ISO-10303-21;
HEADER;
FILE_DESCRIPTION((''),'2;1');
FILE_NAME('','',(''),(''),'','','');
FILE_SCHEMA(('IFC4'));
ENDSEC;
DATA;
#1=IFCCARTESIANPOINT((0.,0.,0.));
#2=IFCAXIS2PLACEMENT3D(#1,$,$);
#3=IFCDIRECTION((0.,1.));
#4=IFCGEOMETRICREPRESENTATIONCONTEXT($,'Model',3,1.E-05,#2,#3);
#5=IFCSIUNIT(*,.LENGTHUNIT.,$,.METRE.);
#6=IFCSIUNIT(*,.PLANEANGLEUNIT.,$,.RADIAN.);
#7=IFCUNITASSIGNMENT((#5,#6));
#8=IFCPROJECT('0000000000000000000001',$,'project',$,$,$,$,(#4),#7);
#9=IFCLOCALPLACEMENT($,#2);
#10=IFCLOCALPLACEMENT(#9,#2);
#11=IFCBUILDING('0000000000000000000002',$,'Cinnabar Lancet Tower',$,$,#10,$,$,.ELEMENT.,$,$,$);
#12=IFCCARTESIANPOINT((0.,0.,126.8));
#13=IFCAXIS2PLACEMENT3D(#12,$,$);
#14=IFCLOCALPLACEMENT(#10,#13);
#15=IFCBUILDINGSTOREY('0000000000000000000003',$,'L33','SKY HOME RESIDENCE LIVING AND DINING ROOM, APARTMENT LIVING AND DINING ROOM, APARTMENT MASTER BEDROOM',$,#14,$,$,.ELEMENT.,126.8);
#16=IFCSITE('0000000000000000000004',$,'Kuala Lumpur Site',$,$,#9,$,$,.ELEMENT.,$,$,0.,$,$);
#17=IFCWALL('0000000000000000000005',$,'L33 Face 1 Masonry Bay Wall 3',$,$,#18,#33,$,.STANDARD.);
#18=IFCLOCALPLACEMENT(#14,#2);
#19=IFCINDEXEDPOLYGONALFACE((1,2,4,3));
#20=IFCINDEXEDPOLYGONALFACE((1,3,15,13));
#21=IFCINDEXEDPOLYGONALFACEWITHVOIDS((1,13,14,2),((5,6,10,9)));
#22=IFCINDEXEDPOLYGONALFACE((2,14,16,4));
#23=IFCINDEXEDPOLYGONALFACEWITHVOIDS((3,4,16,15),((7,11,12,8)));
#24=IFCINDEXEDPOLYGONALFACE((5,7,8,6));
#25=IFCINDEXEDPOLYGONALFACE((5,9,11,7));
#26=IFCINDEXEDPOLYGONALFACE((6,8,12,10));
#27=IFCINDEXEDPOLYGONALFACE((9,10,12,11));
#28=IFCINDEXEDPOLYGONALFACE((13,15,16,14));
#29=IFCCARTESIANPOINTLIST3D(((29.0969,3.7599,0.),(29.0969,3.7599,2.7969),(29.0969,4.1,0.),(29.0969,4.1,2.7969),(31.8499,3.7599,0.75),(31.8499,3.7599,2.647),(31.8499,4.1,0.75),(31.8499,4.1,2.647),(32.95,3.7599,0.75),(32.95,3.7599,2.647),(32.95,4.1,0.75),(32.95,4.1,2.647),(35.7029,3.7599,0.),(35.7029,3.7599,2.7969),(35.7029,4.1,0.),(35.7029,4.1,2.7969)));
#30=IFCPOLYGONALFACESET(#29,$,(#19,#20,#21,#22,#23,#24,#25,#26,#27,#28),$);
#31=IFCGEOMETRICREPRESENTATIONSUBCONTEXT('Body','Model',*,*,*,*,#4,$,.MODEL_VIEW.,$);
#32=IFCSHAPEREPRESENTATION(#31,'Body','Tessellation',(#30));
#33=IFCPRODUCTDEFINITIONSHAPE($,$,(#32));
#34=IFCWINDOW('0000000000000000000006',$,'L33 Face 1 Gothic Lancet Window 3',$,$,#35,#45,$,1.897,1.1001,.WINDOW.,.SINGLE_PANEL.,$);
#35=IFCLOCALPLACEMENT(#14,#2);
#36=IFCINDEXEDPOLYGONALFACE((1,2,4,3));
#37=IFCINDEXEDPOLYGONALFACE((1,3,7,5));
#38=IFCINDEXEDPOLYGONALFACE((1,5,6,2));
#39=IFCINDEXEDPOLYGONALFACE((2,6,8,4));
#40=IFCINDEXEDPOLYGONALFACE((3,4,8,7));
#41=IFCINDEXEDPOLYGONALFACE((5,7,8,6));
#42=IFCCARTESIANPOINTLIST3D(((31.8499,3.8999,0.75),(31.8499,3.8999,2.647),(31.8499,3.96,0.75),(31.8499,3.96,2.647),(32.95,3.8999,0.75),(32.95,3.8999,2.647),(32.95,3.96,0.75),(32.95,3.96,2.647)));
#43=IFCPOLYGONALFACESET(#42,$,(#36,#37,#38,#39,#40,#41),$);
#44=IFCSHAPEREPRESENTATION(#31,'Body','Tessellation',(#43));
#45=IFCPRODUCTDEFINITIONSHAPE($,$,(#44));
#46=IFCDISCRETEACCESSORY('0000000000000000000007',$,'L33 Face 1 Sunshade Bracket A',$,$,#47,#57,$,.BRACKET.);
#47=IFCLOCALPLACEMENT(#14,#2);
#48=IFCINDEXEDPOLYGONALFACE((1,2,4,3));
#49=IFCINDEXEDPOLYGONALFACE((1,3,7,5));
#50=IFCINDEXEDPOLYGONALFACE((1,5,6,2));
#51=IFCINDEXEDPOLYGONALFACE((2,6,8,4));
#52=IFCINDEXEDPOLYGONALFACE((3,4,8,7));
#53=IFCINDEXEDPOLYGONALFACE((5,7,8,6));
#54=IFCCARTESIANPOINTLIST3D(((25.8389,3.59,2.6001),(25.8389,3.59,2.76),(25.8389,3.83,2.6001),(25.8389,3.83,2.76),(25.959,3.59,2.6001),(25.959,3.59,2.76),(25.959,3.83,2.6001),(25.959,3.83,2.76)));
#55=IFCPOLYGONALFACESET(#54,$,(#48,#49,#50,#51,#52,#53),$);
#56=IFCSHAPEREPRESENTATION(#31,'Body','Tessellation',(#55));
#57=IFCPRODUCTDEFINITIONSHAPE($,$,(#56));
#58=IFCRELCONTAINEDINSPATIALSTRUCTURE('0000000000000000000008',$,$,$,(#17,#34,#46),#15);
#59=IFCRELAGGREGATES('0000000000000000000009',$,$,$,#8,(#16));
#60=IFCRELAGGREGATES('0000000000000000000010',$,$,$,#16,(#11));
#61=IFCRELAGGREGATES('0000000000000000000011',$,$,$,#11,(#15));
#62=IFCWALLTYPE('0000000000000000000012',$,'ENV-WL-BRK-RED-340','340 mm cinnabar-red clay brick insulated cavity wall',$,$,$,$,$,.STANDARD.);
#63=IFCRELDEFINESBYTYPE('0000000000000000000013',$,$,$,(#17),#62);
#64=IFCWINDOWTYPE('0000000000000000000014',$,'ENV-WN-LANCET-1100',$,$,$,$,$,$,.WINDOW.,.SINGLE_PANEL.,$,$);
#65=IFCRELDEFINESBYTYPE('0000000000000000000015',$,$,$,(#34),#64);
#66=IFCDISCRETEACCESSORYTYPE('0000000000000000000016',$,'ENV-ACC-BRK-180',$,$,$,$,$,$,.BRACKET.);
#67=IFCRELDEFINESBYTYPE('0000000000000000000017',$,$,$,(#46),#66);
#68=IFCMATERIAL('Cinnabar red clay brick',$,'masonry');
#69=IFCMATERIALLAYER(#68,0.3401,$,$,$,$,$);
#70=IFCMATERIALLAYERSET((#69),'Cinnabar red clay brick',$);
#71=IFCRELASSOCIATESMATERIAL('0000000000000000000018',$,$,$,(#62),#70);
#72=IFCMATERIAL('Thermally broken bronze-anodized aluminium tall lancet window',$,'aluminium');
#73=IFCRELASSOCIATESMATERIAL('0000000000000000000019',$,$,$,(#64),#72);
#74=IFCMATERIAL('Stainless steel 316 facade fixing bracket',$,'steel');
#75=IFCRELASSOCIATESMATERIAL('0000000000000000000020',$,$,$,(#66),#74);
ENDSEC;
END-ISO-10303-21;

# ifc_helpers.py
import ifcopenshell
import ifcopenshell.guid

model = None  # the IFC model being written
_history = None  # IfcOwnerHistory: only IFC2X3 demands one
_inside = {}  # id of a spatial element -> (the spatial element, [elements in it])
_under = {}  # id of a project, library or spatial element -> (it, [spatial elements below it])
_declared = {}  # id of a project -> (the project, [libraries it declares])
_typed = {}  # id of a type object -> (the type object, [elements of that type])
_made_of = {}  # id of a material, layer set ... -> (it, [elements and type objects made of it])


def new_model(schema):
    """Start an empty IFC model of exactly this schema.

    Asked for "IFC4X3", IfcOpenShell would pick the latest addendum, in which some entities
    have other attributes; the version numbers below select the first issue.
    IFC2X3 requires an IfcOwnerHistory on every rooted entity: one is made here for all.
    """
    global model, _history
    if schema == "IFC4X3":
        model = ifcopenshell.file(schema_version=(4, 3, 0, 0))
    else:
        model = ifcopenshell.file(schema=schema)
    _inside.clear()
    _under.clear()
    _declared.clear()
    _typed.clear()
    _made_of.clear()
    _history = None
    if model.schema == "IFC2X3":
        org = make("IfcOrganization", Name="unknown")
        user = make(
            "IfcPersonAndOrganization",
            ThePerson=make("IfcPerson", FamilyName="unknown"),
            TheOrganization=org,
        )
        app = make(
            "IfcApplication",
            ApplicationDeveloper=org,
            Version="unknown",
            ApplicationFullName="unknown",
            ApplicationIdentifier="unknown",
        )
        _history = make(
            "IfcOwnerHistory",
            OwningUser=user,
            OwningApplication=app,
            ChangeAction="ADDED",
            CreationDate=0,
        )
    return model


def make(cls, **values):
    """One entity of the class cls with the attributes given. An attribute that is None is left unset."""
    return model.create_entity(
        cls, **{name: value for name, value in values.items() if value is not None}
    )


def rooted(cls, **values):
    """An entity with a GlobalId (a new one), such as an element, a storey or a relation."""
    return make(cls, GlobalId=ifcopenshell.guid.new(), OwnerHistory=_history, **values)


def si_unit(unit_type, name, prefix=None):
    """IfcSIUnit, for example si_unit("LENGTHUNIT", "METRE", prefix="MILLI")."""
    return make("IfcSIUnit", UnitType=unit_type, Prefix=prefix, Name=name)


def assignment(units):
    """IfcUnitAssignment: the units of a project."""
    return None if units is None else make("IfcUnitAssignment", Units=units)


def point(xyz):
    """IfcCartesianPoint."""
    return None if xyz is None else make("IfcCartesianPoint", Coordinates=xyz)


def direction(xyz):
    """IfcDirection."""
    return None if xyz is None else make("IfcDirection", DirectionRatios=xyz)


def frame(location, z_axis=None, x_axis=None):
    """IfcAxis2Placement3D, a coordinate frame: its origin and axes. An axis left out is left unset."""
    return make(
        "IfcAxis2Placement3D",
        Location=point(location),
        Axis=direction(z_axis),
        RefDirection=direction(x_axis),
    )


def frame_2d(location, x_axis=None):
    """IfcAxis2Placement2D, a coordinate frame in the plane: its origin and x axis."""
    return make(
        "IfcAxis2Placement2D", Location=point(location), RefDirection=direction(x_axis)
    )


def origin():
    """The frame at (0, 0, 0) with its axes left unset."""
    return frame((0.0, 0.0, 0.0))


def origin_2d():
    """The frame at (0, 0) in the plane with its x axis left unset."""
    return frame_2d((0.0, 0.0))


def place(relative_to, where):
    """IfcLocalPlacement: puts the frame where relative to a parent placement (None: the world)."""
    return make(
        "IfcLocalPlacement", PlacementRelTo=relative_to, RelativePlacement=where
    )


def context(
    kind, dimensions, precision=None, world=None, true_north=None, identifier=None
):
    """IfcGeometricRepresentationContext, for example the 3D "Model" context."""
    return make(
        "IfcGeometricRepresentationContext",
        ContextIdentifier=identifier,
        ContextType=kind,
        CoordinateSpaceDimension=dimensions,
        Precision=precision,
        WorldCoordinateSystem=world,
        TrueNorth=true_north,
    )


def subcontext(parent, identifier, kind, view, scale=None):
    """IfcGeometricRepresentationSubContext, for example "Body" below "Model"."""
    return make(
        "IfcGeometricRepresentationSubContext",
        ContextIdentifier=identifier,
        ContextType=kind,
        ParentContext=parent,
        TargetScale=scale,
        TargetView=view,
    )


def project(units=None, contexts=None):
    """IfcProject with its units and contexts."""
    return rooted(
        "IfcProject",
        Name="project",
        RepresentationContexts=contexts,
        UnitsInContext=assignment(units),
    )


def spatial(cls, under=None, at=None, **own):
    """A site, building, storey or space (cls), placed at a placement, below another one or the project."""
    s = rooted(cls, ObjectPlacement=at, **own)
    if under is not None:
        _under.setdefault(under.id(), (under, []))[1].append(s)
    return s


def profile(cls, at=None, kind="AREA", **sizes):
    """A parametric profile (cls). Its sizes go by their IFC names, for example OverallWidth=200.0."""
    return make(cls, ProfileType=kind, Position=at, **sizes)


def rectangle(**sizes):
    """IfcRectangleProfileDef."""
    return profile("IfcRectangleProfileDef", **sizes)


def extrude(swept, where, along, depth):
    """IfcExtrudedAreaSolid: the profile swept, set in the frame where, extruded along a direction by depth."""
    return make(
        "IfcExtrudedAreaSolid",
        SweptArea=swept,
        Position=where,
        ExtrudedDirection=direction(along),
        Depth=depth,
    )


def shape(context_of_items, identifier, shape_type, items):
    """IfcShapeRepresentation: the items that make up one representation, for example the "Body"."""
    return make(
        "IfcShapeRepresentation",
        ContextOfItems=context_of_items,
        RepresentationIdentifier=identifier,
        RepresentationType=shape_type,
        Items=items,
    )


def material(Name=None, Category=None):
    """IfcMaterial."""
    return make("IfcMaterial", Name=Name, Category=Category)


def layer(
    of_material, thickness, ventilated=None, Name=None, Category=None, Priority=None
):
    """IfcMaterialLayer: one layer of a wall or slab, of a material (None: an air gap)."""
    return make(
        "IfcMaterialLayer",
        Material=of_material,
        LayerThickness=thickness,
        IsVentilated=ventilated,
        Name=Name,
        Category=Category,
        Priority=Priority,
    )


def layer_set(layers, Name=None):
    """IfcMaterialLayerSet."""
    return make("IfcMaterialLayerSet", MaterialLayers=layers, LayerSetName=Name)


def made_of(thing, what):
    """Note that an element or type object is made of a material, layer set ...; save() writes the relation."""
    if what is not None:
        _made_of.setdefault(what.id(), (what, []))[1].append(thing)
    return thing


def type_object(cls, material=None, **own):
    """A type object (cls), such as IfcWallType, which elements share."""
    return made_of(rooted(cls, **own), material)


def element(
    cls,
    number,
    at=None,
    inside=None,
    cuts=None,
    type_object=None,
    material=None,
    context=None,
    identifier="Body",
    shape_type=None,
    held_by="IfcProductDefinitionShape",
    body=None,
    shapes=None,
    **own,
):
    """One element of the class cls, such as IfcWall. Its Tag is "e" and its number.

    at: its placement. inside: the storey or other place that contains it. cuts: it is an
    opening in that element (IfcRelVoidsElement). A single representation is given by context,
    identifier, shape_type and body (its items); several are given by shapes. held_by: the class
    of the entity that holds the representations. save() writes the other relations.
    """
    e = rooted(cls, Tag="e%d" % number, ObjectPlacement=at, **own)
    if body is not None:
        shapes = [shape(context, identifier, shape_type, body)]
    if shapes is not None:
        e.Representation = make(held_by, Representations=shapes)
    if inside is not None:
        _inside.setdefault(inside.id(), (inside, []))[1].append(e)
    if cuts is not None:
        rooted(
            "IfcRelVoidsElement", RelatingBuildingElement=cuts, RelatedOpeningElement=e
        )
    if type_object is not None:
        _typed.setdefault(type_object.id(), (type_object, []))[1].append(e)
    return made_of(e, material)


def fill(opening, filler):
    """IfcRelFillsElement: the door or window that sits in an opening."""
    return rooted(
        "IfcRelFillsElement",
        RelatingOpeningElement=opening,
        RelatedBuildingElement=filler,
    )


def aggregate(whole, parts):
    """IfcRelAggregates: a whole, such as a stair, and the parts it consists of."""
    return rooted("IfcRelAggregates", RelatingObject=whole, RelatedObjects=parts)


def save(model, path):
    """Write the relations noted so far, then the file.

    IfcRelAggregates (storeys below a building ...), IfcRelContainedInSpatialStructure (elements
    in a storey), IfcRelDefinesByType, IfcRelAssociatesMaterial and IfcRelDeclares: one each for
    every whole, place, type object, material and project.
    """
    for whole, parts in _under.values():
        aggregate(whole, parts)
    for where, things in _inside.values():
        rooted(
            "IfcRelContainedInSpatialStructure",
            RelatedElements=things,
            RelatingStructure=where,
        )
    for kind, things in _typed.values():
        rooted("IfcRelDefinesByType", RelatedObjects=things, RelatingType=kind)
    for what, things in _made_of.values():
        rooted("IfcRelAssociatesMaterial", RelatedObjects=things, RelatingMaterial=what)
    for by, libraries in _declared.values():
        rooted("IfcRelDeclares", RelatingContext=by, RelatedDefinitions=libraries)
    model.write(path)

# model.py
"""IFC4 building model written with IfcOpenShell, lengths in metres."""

from ifc_helpers import new_model, si_unit, direction, frame, frame_2d, origin, origin_2d, place, context, subcontext, project, spatial, rectangle, extrude, material, layer, layer_set, type_object, element, fill, save


model = new_model("IFC4")

# Units and contexts
model_context = context("Model", 3, precision=1e-05, world=origin(), true_north=direction((0.0, 1.0)))
body_context = subcontext(model_context, "Body", "Model", "MODEL_VIEW")
ifc_project = project(units=[si_unit("LENGTHUNIT", "METRE"), si_unit("PLANEANGLEUNIT", "RADIAN")], contexts=[model_context])

# Site, building, storey
site_placement = place(None, origin())
site = spatial("IfcSite", under=ifc_project, at=site_placement, Name="Kuala Lumpur Site", CompositionType="ELEMENT", RefElevation=0.0)
building_placement = place(site_placement, origin())
building = spatial("IfcBuilding", under=site, at=building_placement, Name="Cinnabar Lancet Tower", CompositionType="ELEMENT")
storey_placement = place(building_placement, frame((0.0, 0.0, 126.8)))
storey = spatial("IfcBuildingStorey", under=building, at=storey_placement, Name="L33", Description="SKY HOME RESIDENCE LIVING AND DINING ROOM, APARTMENT LIVING AND DINING ROOM, APARTMENT MASTER BEDROOM", CompositionType="ELEMENT", Elevation=126.8)

# Shared definitions
ifc_material_1 = material(Name="Cinnabar red clay brick", Category="masonry")
ifc_layer_1 = layer(ifc_material_1, 0.3401)
ifc_layer_set_1 = layer_set([ifc_layer_1], Name="Cinnabar red clay brick")
wall_type_1 = type_object("IfcWallType", Name="ENV-WL-BRK-RED-340", Description="340 mm cinnabar-red clay brick insulated cavity wall", PredefinedType="STANDARD", material=ifc_layer_set_1)

# Wall, opening, window
ifc_material_2 = material(Name="Thermally broken bronze-anodized aluminium tall lancet window", Category="aluminium")
window_type = type_object("IfcWindowType", Name="ENV-WN-LANCET-1100", PartitioningType="SINGLE_PANEL", PredefinedType="WINDOW", material=ifc_material_2)
wall_1_placement = place(storey_placement, frame((29.0969, 3.9299, 0.0), z_axis=(0.0, 0.0, 1.0), x_axis=(1.0, 0.0, 0.0)))
wall_1 = element("IfcWall", 1, at=wall_1_placement, inside=storey, type_object=wall_type_1, Name="L33 Face 1 Masonry Bay Wall 3", PredefinedType="STANDARD", context=body_context, shape_type="SweptSolid", body=[
    extrude(rectangle(XDim=6.606, YDim=0.3401, at=frame_2d((3.303, 0.0))), origin(), (0.0, 0.0, 1.0), 2.7969),
])
opening_1_placement = place(wall_1_placement, frame((2.7529, 0.0, 0.75)))
opening_1 = element("IfcOpeningElement", 2, at=opening_1_placement, cuts=wall_1, PredefinedType="OPENING", context=body_context, shape_type="SweptSolid", body=[
    extrude(rectangle(XDim=1.1001, YDim=1.897, at=frame_2d((0.55, 0.9485))), frame((0.0, 0.1799, 0.0), z_axis=(0.0, -1.0, 0.0), x_axis=(1.0, 0.0, 0.0)), (0.0, 0.0, 1.0), 0.3601),
])
window_1_placement = place(opening_1_placement, origin())
window_1 = element("IfcWindow", 3, at=window_1_placement, inside=storey, type_object=window_type, Name="L33 Face 1 Gothic Lancet Window 3", OverallHeight=1.897, OverallWidth=1.1001, PartitioningType="SINGLE_PANEL", PredefinedType="WINDOW", context=body_context, shape_type="SweptSolid", body=[
    extrude(rectangle(XDim=1.1001, YDim=1.897, at=frame_2d((0.55, 0.9485))), frame((0.0, 0.03, 0.0), z_axis=(0.0, -1.0, 0.0), x_axis=(1.0, 0.0, 0.0)), (0.0, 0.0, 1.0), 0.0601),
])
fill(opening_1, window_1)

# Discrete accessory
ifc_material_3 = material(Name="Stainless steel 316 facade fixing bracket", Category="steel")
discrete_accessory_type = type_object("IfcDiscreteAccessoryType", Name="ENV-ACC-BRK-180", PredefinedType="BRACKET", material=ifc_material_3)
discrete_accessory_placement = place(storey_placement, frame((25.8989, 3.71, 2.6001), z_axis=(0.0, 0.0, 1.0), x_axis=(1.0, 0.0, 0.0)))
element("IfcDiscreteAccessory", 4, at=discrete_accessory_placement, inside=storey, type_object=discrete_accessory_type, Name="L33 Face 1 Sunshade Bracket A", PredefinedType="BRACKET", context=body_context, shape_type="SweptSolid", body=[
    extrude(rectangle(XDim=0.1201, YDim=0.24, at=origin_2d()), origin(), (0.0, 0.0, 1.0), 0.1599),
])

save(model, "model.ifc")
